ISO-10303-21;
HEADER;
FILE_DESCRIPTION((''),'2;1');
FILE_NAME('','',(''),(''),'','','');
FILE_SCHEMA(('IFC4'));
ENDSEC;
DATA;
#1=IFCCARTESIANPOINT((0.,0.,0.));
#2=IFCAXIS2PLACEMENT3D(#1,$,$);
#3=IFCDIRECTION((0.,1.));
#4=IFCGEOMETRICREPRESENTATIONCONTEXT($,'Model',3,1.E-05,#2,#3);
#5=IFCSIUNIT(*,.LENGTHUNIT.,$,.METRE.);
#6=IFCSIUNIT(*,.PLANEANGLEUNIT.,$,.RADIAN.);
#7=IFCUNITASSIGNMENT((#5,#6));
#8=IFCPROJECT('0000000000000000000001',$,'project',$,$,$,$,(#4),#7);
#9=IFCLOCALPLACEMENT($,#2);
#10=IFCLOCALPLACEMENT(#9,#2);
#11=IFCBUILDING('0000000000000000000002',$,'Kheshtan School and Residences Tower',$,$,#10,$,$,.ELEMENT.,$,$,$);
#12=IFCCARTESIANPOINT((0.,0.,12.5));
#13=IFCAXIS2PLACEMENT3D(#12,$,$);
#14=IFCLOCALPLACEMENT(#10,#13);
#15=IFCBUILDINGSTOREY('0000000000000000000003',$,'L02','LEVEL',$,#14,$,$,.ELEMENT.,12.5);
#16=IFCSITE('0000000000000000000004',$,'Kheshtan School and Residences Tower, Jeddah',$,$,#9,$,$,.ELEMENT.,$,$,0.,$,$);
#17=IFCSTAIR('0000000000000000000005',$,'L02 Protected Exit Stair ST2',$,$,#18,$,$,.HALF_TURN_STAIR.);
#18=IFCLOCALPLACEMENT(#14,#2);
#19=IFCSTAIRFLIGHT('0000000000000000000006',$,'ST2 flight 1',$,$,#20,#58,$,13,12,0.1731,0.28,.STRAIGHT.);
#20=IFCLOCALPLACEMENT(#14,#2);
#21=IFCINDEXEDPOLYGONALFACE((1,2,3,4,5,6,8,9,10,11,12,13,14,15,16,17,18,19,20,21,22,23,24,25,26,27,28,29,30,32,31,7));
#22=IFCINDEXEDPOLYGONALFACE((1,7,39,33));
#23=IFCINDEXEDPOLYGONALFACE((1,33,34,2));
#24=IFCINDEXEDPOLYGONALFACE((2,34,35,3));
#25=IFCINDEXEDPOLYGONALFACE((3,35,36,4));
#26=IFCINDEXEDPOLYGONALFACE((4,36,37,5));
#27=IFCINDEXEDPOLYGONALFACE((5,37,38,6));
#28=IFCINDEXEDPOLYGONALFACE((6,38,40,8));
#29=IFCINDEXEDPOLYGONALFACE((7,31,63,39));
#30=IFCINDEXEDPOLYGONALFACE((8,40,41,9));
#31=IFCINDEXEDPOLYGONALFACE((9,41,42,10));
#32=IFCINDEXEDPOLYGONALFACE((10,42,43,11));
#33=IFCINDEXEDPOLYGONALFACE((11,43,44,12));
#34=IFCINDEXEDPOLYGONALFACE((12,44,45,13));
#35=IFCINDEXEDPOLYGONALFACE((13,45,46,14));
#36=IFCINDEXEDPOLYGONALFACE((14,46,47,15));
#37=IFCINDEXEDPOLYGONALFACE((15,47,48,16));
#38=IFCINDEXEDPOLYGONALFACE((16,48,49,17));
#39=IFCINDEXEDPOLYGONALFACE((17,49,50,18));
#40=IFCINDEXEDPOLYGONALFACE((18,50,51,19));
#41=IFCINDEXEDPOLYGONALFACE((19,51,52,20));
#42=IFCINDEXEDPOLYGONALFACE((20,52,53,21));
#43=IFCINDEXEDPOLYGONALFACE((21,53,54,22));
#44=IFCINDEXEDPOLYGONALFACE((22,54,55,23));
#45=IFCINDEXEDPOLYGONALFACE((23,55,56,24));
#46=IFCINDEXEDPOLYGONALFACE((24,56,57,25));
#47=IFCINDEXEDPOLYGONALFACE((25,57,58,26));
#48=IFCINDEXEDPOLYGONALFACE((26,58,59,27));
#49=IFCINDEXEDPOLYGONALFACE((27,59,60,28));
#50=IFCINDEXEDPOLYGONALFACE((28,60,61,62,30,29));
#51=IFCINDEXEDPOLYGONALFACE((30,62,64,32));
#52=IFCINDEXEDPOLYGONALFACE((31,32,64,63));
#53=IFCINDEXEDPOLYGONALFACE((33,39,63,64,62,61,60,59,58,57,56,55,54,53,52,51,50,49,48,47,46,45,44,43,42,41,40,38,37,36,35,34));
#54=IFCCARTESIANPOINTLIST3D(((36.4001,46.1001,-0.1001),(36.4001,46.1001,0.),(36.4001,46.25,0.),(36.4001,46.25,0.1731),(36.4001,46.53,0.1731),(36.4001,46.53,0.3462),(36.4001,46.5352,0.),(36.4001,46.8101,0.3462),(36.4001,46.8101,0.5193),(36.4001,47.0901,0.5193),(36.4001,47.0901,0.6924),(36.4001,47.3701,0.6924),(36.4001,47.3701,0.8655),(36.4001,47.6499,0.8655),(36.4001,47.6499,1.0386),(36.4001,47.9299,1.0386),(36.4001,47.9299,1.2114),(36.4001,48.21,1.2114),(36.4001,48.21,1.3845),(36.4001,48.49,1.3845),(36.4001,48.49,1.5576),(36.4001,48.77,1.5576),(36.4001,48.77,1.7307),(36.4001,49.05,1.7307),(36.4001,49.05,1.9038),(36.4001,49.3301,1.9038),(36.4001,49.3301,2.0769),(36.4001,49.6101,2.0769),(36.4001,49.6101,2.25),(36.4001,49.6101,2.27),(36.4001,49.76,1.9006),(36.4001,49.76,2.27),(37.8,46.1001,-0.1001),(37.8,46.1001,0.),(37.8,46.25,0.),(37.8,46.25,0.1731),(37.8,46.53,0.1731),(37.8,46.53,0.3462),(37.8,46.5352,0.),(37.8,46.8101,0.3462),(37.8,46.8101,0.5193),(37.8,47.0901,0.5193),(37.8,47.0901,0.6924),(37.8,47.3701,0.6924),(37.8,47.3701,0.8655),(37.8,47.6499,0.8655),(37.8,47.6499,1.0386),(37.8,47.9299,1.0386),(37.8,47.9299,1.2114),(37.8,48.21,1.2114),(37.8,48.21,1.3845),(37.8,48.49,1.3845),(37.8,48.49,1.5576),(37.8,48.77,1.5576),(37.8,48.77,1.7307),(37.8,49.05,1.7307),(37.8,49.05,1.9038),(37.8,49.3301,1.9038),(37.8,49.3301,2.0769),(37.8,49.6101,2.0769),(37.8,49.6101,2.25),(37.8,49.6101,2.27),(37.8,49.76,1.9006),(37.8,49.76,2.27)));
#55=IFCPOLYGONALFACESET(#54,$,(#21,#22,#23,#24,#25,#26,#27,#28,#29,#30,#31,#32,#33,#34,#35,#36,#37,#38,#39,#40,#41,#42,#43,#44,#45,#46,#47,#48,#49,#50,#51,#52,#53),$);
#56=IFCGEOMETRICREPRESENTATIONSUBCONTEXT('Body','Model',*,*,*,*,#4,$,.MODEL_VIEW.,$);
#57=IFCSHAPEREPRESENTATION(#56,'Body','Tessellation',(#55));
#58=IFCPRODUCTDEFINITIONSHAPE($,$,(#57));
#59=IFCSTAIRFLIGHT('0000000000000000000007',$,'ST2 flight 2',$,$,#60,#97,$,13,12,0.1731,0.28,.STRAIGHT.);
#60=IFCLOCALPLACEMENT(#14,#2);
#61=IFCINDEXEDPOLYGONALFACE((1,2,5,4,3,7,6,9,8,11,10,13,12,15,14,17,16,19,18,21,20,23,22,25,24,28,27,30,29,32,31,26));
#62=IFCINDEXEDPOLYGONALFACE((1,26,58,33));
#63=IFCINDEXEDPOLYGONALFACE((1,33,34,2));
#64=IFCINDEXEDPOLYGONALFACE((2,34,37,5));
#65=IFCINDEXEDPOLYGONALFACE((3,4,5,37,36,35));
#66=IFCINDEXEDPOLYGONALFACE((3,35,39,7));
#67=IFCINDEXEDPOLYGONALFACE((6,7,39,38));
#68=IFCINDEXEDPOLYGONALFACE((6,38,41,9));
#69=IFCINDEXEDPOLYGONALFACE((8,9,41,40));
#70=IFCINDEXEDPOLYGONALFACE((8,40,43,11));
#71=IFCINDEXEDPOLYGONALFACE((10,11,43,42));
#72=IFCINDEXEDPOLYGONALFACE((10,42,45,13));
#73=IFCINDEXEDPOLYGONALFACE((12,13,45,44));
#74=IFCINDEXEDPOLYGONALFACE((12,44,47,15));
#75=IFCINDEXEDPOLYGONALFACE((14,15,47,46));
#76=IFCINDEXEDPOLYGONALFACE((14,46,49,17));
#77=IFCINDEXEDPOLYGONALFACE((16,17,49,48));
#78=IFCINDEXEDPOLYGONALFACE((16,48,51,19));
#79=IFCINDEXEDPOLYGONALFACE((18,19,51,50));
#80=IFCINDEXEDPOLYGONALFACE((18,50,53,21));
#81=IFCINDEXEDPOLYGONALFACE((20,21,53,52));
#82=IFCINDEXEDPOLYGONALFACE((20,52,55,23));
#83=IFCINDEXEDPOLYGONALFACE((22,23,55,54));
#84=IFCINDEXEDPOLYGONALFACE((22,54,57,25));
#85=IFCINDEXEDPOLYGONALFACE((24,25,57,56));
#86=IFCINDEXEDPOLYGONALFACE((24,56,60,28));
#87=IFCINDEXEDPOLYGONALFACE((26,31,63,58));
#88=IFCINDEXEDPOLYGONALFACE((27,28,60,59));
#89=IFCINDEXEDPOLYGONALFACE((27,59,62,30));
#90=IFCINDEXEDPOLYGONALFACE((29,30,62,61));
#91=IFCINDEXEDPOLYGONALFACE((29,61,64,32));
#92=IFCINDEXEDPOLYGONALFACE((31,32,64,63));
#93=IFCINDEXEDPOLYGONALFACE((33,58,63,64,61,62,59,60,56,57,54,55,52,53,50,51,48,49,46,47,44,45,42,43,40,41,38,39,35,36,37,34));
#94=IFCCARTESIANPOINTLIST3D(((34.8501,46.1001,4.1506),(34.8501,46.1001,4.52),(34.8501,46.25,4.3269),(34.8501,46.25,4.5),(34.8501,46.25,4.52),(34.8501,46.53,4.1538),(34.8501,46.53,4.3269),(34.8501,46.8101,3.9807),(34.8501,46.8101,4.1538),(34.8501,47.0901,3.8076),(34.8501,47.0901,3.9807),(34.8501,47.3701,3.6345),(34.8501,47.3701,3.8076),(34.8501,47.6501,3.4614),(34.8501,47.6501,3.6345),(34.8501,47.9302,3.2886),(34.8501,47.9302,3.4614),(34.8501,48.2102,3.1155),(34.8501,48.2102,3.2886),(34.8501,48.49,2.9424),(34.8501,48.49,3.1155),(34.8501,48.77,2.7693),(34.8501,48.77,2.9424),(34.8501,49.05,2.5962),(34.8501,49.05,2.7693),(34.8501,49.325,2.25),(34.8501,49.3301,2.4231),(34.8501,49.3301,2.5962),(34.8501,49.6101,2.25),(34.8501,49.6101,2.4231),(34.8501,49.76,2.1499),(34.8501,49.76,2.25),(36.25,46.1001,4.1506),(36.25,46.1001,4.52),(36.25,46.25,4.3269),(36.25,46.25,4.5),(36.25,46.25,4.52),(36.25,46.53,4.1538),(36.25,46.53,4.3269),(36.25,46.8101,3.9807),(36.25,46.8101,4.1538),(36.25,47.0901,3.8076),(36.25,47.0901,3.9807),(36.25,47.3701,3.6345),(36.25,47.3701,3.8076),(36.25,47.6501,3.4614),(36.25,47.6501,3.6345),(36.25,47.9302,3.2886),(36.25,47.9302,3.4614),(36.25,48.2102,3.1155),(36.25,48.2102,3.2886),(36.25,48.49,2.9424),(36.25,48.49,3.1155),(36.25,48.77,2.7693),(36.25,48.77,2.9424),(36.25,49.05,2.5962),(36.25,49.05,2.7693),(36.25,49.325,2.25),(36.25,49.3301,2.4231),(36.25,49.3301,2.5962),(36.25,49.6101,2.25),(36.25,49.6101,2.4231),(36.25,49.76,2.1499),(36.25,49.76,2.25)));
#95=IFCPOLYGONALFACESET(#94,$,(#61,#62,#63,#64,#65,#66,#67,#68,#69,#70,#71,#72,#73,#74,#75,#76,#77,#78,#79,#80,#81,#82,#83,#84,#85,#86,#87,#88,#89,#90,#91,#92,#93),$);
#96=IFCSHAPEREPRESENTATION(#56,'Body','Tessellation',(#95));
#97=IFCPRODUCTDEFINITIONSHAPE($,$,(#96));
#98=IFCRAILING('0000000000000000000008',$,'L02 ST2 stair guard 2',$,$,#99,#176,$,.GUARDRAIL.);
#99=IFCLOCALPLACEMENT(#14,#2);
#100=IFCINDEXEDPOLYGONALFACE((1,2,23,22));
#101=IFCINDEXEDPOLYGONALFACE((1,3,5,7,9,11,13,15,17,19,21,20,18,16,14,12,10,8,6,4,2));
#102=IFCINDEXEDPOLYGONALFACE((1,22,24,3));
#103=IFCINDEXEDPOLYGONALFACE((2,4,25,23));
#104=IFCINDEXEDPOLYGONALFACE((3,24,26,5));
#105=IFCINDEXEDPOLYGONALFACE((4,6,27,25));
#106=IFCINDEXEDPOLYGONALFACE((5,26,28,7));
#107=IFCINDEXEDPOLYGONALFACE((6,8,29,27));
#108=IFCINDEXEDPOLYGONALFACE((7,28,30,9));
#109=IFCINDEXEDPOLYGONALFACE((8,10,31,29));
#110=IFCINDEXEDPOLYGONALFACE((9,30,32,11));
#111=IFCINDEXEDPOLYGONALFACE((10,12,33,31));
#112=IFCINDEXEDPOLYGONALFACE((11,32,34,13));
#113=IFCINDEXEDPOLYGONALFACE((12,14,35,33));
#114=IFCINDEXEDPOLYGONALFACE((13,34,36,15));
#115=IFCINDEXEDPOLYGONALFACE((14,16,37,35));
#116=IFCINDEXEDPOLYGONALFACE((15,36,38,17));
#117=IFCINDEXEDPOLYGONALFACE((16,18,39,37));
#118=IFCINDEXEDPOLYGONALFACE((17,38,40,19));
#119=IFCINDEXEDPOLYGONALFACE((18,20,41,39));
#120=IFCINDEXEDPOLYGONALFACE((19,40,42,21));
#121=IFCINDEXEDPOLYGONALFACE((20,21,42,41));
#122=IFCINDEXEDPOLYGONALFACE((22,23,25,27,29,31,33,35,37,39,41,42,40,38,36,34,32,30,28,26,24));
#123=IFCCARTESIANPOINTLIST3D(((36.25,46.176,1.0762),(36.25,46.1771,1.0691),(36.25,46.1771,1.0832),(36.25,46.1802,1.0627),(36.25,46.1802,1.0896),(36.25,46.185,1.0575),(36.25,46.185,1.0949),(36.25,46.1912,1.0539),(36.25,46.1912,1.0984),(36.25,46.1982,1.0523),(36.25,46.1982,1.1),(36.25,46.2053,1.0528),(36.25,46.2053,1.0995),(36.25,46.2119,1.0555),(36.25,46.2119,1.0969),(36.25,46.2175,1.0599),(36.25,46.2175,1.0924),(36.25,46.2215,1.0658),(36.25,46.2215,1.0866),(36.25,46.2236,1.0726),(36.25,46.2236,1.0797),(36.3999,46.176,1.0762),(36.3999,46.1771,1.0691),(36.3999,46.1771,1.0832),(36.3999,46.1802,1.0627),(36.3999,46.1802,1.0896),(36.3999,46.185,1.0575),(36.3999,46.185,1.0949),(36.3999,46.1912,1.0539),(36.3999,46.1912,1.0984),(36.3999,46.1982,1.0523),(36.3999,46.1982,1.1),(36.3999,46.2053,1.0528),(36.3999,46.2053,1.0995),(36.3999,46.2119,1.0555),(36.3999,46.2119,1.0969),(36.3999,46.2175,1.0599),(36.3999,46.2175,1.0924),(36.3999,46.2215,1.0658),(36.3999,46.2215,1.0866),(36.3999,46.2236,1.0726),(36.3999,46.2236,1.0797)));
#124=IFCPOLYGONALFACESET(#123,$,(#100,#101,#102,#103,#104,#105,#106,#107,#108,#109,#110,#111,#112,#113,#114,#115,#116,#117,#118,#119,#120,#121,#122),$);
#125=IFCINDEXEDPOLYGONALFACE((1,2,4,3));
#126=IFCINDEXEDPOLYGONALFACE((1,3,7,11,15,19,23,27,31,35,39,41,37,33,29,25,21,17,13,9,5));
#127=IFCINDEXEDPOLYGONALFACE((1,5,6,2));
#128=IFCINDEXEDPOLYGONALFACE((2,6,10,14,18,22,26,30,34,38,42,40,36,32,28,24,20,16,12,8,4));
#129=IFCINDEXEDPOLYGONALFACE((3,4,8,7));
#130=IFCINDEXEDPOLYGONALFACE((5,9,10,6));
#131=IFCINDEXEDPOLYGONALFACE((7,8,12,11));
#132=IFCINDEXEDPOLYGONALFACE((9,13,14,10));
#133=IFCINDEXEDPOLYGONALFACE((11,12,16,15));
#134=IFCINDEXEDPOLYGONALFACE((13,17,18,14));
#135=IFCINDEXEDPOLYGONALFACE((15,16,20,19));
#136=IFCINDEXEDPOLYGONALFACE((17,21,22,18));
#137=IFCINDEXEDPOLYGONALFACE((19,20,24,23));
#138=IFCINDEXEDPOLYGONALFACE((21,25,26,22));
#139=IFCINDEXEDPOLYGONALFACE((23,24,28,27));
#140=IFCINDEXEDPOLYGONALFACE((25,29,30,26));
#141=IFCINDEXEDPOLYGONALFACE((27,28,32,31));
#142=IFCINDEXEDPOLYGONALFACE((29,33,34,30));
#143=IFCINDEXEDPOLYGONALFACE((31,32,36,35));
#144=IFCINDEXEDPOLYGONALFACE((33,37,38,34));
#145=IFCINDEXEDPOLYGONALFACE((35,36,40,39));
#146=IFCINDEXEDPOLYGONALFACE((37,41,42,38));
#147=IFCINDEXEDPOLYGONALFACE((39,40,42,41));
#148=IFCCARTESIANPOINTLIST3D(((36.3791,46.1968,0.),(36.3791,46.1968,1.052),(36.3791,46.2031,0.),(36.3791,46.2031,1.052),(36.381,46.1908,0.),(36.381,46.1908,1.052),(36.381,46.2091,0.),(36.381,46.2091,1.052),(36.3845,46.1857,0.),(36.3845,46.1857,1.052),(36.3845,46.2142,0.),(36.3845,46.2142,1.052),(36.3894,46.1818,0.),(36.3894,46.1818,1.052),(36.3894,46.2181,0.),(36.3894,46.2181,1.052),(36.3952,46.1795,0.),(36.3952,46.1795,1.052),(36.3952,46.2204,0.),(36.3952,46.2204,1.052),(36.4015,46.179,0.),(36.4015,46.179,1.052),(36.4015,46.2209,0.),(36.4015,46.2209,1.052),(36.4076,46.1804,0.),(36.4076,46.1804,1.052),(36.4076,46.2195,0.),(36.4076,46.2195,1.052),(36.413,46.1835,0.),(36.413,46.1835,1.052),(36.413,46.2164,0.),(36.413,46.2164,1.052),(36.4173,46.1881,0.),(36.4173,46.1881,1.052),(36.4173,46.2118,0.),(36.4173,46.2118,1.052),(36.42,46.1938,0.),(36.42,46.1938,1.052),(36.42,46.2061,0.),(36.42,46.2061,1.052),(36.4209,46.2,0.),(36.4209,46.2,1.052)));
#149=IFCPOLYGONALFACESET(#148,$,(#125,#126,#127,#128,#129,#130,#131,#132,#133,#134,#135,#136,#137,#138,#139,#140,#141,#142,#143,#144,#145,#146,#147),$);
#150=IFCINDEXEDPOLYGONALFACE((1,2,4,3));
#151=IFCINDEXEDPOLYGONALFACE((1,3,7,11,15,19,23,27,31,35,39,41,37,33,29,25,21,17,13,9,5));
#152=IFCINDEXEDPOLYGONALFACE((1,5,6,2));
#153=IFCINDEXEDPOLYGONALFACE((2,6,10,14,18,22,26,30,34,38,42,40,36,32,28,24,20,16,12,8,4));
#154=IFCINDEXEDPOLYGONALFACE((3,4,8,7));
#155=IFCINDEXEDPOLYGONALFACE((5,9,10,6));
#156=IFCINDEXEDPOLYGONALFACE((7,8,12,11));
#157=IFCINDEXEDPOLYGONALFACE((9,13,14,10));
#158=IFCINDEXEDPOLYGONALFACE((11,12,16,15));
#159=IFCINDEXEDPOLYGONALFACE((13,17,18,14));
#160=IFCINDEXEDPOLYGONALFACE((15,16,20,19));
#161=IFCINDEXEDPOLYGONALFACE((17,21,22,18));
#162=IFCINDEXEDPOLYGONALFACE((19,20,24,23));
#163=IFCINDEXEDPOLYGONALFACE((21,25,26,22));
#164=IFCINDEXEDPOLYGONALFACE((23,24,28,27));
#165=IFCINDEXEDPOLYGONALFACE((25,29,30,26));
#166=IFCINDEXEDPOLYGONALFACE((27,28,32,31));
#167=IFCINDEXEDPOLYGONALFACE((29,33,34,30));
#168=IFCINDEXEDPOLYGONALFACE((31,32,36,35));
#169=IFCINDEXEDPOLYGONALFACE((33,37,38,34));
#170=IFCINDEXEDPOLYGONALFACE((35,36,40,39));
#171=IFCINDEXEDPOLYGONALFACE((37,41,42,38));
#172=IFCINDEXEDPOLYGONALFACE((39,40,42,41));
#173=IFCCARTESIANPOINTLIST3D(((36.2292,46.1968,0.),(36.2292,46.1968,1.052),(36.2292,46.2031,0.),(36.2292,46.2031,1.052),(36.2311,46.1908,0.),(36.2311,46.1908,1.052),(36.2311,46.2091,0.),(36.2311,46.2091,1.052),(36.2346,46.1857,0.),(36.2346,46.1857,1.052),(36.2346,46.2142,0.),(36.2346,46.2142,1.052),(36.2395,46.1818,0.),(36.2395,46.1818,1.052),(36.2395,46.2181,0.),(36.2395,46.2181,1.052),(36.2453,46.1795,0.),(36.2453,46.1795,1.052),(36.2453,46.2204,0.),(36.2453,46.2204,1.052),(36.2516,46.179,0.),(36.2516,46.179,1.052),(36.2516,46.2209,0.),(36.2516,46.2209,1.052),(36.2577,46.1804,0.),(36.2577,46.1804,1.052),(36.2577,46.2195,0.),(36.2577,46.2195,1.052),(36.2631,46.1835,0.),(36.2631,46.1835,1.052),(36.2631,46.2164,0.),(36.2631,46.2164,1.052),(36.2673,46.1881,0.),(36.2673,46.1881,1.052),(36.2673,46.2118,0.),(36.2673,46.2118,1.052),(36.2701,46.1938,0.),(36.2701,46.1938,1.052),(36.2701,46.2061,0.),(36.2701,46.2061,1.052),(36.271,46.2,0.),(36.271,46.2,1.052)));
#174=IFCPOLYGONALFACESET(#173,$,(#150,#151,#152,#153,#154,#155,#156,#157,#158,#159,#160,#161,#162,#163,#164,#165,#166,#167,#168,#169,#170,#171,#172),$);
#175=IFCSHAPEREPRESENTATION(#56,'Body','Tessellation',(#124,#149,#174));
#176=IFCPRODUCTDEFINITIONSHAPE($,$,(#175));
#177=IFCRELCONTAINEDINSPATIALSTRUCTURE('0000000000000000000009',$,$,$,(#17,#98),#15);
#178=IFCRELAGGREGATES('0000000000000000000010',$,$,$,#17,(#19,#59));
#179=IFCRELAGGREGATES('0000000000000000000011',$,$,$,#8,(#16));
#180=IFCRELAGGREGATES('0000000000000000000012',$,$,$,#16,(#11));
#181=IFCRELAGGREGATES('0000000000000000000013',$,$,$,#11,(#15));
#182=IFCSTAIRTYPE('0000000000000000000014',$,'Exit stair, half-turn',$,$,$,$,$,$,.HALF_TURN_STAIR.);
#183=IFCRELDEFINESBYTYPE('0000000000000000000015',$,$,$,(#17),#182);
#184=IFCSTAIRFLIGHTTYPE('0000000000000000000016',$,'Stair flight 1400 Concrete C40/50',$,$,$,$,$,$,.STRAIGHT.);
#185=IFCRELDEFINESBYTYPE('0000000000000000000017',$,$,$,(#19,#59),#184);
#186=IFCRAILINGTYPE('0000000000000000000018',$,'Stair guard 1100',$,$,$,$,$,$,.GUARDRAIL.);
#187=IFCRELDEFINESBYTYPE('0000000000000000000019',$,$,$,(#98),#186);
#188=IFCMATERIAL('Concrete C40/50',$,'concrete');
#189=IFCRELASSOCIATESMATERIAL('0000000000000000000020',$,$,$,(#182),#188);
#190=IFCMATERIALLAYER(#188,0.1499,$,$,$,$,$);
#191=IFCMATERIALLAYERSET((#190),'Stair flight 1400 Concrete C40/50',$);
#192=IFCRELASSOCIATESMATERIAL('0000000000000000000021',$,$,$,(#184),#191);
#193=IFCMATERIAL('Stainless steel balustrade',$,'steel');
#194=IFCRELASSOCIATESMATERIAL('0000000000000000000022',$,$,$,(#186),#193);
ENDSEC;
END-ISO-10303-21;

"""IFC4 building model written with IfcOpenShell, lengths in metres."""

from ifc_helpers import new_model, si_unit, direction, frame, origin, origin_2d, place, context, subcontext, project, spatial, polyline, circle, outline, extrude, material, layer, layer_set, type_object, element, aggregate, save


model = new_model("IFC4")

# Units and contexts
model_context = context("Model", 3, precision=1e-05, world=origin(), true_north=direction((0.0, 1.0)))
body_context = subcontext(model_context, "Body", "Model", "MODEL_VIEW")
ifc_project = project(units=[si_unit("LENGTHUNIT", "METRE"), si_unit("PLANEANGLEUNIT", "RADIAN")], contexts=[model_context])

# Site, building, storey
site_placement = place(None, origin())
site = spatial("IfcSite", under=ifc_project, at=site_placement, Name="Kheshtan School and Residences Tower, Jeddah", CompositionType="ELEMENT", RefElevation=0.0)
building_placement = place(site_placement, origin())
building = spatial("IfcBuilding", under=site, at=building_placement, Name="Kheshtan School and Residences Tower", CompositionType="ELEMENT")
storey_placement = place(building_placement, frame((0.0, 0.0, 12.5)))
storey = spatial("IfcBuildingStorey", under=building, at=storey_placement, Name="L02", Description="LEVEL", CompositionType="ELEMENT", Elevation=12.5)

# Shared definitions
ifc_material_1 = material(Name="Concrete C40/50", Category="concrete")

# Stair, stair flights
stair_type = type_object("IfcStairType", Name="Exit stair, half-turn", PredefinedType="HALF_TURN_STAIR", material=ifc_material_1)
stair_placement = place(storey_placement, origin())
stair = element("IfcStair", 1, at=stair_placement, inside=storey, type_object=stair_type, Name="L02 Protected Exit Stair ST2", PredefinedType="HALF_TURN_STAIR")
ifc_layer_1 = layer(ifc_material_1, 0.1499)
ifc_layer_set_1 = layer_set([ifc_layer_1], Name="Stair flight 1400 Concrete C40/50")
stair_flight_type = type_object("IfcStairFlightType", Name="Stair flight 1400 Concrete C40/50", PredefinedType="STRAIGHT", material=ifc_layer_set_1)
stair_flight_1_placement = place(storey_placement, frame((37.1001, 46.25, 0.0), z_axis=(0.0, 0.0, 1.0), x_axis=(0.0, 1.0, 0.0)))
stair_flight_1 = element("IfcStairFlight", 2, at=stair_flight_1_placement, type_object=stair_flight_type, Name="ST2 flight 1", NumberOfRisers=13, NumberOfTreads=12, PredefinedType="STRAIGHT", RiserHeight=0.1731, TreadLength=0.28, context=body_context, shape_type="SweptSolid", body=[
    extrude(outline(polyline([(-0.1499, -0.1001), (-0.1499, 0.0), (0.0, 0.0), (0.0, 0.1731), (0.28, 0.1731), (0.28, 0.3462), (0.5601, 0.3462), (0.5601, 0.5193), (0.8401, 0.5193), (0.8401, 0.6924), (1.1201, 0.6924), (1.1201, 0.8655), (1.3999, 0.8655), (1.3999, 1.0386), (1.6799, 1.0386), (1.6799, 1.2114), (1.96, 1.2114), (1.96, 1.3845), (2.24, 1.3845), (2.24, 1.5576), (2.52, 1.5576), (2.52, 1.7307), (2.8, 1.7307), (2.8, 1.9038), (3.0801, 1.9038), (3.0801, 2.0769), (3.3601, 2.0769), (3.3601, 2.25), (3.3601, 2.27), (3.51, 2.27), (3.51, 1.9006), (0.2852, 0.0), (-0.1499, -0.1001)])), frame((0.0, 0.7, 0.0), z_axis=(0.0, -1.0, 0.0), x_axis=(1.0, 0.0, 0.0)), (0.0, 0.0, 1.0), 1.3999),
])
stair_flight_2_placement = place(storey_placement, frame((35.55, 49.6101, 2.25), z_axis=(0.0, 0.0, 1.0), x_axis=(0.0, -1.0, 0.0)))
stair_flight_2 = element("IfcStairFlight", 3, at=stair_flight_2_placement, type_object=stair_flight_type, Name="ST2 flight 2", NumberOfRisers=13, NumberOfTreads=12, PredefinedType="STRAIGHT", RiserHeight=0.1731, TreadLength=0.28, context=body_context, shape_type="SweptSolid", body=[
    extrude(outline(polyline([(-0.1499, -0.1001), (-0.1499, 0.0), (0.0, 0.0), (0.0, 0.1731), (0.28, 0.1731), (0.28, 0.3462), (0.5601, 0.3462), (0.5601, 0.5193), (0.8401, 0.5193), (0.8401, 0.6924), (1.1201, 0.6924), (1.1201, 0.8655), (1.3999, 0.8655), (1.3999, 1.0386), (1.6799, 1.0386), (1.6799, 1.2114), (1.96, 1.2114), (1.96, 1.3845), (2.24, 1.3845), (2.24, 1.5576), (2.52, 1.5576), (2.52, 1.7307), (2.8, 1.7307), (2.8, 1.9038), (3.0801, 1.9038), (3.0801, 2.0769), (3.3601, 2.0769), (3.3601, 2.25), (3.3601, 2.27), (3.51, 2.27), (3.51, 1.9006), (0.2852, 0.0), (-0.1499, -0.1001)])), frame((0.0, 0.7, 0.0), z_axis=(0.0, -1.0, 0.0), x_axis=(1.0, 0.0, 0.0)), (0.0, 0.0, 1.0), 1.3999),
])
aggregate(stair, [stair_flight_1, stair_flight_2])

# Railing
ifc_material_2 = material(Name="Stainless steel balustrade", Category="steel")
railing_type_1 = type_object("IfcRailingType", Name="Stair guard 1100", PredefinedType="GUARDRAIL", material=ifc_material_2)
railing_1_placement = place(storey_placement, frame((36.3999, 46.2, 0.0)))
element("IfcRailing", 4, at=railing_1_placement, inside=storey, type_object=railing_type_1, Name="L02 ST2 stair guard 2", PredefinedType="GUARDRAIL", context=body_context, shape_type="SweptSolid", body=[
    extrude(circle(Radius=0.0239, at=origin_2d()), frame((0.0, 0.0, 1.0762), z_axis=(-1.0, 0.0, 0.0), x_axis=(0.0, -1.0, 0.0)), (0.0, 0.0, 1.0), 0.1499),
    extrude(circle(Radius=0.021, at=origin_2d()), origin(), (0.0, 0.0, 1.0), 1.052),
    extrude(circle(Radius=0.021, at=origin_2d()), frame((-0.1499, 0.0, 0.0)), (0.0, 0.0, 1.0), 1.052),
])

save(model, "model.ifc")
